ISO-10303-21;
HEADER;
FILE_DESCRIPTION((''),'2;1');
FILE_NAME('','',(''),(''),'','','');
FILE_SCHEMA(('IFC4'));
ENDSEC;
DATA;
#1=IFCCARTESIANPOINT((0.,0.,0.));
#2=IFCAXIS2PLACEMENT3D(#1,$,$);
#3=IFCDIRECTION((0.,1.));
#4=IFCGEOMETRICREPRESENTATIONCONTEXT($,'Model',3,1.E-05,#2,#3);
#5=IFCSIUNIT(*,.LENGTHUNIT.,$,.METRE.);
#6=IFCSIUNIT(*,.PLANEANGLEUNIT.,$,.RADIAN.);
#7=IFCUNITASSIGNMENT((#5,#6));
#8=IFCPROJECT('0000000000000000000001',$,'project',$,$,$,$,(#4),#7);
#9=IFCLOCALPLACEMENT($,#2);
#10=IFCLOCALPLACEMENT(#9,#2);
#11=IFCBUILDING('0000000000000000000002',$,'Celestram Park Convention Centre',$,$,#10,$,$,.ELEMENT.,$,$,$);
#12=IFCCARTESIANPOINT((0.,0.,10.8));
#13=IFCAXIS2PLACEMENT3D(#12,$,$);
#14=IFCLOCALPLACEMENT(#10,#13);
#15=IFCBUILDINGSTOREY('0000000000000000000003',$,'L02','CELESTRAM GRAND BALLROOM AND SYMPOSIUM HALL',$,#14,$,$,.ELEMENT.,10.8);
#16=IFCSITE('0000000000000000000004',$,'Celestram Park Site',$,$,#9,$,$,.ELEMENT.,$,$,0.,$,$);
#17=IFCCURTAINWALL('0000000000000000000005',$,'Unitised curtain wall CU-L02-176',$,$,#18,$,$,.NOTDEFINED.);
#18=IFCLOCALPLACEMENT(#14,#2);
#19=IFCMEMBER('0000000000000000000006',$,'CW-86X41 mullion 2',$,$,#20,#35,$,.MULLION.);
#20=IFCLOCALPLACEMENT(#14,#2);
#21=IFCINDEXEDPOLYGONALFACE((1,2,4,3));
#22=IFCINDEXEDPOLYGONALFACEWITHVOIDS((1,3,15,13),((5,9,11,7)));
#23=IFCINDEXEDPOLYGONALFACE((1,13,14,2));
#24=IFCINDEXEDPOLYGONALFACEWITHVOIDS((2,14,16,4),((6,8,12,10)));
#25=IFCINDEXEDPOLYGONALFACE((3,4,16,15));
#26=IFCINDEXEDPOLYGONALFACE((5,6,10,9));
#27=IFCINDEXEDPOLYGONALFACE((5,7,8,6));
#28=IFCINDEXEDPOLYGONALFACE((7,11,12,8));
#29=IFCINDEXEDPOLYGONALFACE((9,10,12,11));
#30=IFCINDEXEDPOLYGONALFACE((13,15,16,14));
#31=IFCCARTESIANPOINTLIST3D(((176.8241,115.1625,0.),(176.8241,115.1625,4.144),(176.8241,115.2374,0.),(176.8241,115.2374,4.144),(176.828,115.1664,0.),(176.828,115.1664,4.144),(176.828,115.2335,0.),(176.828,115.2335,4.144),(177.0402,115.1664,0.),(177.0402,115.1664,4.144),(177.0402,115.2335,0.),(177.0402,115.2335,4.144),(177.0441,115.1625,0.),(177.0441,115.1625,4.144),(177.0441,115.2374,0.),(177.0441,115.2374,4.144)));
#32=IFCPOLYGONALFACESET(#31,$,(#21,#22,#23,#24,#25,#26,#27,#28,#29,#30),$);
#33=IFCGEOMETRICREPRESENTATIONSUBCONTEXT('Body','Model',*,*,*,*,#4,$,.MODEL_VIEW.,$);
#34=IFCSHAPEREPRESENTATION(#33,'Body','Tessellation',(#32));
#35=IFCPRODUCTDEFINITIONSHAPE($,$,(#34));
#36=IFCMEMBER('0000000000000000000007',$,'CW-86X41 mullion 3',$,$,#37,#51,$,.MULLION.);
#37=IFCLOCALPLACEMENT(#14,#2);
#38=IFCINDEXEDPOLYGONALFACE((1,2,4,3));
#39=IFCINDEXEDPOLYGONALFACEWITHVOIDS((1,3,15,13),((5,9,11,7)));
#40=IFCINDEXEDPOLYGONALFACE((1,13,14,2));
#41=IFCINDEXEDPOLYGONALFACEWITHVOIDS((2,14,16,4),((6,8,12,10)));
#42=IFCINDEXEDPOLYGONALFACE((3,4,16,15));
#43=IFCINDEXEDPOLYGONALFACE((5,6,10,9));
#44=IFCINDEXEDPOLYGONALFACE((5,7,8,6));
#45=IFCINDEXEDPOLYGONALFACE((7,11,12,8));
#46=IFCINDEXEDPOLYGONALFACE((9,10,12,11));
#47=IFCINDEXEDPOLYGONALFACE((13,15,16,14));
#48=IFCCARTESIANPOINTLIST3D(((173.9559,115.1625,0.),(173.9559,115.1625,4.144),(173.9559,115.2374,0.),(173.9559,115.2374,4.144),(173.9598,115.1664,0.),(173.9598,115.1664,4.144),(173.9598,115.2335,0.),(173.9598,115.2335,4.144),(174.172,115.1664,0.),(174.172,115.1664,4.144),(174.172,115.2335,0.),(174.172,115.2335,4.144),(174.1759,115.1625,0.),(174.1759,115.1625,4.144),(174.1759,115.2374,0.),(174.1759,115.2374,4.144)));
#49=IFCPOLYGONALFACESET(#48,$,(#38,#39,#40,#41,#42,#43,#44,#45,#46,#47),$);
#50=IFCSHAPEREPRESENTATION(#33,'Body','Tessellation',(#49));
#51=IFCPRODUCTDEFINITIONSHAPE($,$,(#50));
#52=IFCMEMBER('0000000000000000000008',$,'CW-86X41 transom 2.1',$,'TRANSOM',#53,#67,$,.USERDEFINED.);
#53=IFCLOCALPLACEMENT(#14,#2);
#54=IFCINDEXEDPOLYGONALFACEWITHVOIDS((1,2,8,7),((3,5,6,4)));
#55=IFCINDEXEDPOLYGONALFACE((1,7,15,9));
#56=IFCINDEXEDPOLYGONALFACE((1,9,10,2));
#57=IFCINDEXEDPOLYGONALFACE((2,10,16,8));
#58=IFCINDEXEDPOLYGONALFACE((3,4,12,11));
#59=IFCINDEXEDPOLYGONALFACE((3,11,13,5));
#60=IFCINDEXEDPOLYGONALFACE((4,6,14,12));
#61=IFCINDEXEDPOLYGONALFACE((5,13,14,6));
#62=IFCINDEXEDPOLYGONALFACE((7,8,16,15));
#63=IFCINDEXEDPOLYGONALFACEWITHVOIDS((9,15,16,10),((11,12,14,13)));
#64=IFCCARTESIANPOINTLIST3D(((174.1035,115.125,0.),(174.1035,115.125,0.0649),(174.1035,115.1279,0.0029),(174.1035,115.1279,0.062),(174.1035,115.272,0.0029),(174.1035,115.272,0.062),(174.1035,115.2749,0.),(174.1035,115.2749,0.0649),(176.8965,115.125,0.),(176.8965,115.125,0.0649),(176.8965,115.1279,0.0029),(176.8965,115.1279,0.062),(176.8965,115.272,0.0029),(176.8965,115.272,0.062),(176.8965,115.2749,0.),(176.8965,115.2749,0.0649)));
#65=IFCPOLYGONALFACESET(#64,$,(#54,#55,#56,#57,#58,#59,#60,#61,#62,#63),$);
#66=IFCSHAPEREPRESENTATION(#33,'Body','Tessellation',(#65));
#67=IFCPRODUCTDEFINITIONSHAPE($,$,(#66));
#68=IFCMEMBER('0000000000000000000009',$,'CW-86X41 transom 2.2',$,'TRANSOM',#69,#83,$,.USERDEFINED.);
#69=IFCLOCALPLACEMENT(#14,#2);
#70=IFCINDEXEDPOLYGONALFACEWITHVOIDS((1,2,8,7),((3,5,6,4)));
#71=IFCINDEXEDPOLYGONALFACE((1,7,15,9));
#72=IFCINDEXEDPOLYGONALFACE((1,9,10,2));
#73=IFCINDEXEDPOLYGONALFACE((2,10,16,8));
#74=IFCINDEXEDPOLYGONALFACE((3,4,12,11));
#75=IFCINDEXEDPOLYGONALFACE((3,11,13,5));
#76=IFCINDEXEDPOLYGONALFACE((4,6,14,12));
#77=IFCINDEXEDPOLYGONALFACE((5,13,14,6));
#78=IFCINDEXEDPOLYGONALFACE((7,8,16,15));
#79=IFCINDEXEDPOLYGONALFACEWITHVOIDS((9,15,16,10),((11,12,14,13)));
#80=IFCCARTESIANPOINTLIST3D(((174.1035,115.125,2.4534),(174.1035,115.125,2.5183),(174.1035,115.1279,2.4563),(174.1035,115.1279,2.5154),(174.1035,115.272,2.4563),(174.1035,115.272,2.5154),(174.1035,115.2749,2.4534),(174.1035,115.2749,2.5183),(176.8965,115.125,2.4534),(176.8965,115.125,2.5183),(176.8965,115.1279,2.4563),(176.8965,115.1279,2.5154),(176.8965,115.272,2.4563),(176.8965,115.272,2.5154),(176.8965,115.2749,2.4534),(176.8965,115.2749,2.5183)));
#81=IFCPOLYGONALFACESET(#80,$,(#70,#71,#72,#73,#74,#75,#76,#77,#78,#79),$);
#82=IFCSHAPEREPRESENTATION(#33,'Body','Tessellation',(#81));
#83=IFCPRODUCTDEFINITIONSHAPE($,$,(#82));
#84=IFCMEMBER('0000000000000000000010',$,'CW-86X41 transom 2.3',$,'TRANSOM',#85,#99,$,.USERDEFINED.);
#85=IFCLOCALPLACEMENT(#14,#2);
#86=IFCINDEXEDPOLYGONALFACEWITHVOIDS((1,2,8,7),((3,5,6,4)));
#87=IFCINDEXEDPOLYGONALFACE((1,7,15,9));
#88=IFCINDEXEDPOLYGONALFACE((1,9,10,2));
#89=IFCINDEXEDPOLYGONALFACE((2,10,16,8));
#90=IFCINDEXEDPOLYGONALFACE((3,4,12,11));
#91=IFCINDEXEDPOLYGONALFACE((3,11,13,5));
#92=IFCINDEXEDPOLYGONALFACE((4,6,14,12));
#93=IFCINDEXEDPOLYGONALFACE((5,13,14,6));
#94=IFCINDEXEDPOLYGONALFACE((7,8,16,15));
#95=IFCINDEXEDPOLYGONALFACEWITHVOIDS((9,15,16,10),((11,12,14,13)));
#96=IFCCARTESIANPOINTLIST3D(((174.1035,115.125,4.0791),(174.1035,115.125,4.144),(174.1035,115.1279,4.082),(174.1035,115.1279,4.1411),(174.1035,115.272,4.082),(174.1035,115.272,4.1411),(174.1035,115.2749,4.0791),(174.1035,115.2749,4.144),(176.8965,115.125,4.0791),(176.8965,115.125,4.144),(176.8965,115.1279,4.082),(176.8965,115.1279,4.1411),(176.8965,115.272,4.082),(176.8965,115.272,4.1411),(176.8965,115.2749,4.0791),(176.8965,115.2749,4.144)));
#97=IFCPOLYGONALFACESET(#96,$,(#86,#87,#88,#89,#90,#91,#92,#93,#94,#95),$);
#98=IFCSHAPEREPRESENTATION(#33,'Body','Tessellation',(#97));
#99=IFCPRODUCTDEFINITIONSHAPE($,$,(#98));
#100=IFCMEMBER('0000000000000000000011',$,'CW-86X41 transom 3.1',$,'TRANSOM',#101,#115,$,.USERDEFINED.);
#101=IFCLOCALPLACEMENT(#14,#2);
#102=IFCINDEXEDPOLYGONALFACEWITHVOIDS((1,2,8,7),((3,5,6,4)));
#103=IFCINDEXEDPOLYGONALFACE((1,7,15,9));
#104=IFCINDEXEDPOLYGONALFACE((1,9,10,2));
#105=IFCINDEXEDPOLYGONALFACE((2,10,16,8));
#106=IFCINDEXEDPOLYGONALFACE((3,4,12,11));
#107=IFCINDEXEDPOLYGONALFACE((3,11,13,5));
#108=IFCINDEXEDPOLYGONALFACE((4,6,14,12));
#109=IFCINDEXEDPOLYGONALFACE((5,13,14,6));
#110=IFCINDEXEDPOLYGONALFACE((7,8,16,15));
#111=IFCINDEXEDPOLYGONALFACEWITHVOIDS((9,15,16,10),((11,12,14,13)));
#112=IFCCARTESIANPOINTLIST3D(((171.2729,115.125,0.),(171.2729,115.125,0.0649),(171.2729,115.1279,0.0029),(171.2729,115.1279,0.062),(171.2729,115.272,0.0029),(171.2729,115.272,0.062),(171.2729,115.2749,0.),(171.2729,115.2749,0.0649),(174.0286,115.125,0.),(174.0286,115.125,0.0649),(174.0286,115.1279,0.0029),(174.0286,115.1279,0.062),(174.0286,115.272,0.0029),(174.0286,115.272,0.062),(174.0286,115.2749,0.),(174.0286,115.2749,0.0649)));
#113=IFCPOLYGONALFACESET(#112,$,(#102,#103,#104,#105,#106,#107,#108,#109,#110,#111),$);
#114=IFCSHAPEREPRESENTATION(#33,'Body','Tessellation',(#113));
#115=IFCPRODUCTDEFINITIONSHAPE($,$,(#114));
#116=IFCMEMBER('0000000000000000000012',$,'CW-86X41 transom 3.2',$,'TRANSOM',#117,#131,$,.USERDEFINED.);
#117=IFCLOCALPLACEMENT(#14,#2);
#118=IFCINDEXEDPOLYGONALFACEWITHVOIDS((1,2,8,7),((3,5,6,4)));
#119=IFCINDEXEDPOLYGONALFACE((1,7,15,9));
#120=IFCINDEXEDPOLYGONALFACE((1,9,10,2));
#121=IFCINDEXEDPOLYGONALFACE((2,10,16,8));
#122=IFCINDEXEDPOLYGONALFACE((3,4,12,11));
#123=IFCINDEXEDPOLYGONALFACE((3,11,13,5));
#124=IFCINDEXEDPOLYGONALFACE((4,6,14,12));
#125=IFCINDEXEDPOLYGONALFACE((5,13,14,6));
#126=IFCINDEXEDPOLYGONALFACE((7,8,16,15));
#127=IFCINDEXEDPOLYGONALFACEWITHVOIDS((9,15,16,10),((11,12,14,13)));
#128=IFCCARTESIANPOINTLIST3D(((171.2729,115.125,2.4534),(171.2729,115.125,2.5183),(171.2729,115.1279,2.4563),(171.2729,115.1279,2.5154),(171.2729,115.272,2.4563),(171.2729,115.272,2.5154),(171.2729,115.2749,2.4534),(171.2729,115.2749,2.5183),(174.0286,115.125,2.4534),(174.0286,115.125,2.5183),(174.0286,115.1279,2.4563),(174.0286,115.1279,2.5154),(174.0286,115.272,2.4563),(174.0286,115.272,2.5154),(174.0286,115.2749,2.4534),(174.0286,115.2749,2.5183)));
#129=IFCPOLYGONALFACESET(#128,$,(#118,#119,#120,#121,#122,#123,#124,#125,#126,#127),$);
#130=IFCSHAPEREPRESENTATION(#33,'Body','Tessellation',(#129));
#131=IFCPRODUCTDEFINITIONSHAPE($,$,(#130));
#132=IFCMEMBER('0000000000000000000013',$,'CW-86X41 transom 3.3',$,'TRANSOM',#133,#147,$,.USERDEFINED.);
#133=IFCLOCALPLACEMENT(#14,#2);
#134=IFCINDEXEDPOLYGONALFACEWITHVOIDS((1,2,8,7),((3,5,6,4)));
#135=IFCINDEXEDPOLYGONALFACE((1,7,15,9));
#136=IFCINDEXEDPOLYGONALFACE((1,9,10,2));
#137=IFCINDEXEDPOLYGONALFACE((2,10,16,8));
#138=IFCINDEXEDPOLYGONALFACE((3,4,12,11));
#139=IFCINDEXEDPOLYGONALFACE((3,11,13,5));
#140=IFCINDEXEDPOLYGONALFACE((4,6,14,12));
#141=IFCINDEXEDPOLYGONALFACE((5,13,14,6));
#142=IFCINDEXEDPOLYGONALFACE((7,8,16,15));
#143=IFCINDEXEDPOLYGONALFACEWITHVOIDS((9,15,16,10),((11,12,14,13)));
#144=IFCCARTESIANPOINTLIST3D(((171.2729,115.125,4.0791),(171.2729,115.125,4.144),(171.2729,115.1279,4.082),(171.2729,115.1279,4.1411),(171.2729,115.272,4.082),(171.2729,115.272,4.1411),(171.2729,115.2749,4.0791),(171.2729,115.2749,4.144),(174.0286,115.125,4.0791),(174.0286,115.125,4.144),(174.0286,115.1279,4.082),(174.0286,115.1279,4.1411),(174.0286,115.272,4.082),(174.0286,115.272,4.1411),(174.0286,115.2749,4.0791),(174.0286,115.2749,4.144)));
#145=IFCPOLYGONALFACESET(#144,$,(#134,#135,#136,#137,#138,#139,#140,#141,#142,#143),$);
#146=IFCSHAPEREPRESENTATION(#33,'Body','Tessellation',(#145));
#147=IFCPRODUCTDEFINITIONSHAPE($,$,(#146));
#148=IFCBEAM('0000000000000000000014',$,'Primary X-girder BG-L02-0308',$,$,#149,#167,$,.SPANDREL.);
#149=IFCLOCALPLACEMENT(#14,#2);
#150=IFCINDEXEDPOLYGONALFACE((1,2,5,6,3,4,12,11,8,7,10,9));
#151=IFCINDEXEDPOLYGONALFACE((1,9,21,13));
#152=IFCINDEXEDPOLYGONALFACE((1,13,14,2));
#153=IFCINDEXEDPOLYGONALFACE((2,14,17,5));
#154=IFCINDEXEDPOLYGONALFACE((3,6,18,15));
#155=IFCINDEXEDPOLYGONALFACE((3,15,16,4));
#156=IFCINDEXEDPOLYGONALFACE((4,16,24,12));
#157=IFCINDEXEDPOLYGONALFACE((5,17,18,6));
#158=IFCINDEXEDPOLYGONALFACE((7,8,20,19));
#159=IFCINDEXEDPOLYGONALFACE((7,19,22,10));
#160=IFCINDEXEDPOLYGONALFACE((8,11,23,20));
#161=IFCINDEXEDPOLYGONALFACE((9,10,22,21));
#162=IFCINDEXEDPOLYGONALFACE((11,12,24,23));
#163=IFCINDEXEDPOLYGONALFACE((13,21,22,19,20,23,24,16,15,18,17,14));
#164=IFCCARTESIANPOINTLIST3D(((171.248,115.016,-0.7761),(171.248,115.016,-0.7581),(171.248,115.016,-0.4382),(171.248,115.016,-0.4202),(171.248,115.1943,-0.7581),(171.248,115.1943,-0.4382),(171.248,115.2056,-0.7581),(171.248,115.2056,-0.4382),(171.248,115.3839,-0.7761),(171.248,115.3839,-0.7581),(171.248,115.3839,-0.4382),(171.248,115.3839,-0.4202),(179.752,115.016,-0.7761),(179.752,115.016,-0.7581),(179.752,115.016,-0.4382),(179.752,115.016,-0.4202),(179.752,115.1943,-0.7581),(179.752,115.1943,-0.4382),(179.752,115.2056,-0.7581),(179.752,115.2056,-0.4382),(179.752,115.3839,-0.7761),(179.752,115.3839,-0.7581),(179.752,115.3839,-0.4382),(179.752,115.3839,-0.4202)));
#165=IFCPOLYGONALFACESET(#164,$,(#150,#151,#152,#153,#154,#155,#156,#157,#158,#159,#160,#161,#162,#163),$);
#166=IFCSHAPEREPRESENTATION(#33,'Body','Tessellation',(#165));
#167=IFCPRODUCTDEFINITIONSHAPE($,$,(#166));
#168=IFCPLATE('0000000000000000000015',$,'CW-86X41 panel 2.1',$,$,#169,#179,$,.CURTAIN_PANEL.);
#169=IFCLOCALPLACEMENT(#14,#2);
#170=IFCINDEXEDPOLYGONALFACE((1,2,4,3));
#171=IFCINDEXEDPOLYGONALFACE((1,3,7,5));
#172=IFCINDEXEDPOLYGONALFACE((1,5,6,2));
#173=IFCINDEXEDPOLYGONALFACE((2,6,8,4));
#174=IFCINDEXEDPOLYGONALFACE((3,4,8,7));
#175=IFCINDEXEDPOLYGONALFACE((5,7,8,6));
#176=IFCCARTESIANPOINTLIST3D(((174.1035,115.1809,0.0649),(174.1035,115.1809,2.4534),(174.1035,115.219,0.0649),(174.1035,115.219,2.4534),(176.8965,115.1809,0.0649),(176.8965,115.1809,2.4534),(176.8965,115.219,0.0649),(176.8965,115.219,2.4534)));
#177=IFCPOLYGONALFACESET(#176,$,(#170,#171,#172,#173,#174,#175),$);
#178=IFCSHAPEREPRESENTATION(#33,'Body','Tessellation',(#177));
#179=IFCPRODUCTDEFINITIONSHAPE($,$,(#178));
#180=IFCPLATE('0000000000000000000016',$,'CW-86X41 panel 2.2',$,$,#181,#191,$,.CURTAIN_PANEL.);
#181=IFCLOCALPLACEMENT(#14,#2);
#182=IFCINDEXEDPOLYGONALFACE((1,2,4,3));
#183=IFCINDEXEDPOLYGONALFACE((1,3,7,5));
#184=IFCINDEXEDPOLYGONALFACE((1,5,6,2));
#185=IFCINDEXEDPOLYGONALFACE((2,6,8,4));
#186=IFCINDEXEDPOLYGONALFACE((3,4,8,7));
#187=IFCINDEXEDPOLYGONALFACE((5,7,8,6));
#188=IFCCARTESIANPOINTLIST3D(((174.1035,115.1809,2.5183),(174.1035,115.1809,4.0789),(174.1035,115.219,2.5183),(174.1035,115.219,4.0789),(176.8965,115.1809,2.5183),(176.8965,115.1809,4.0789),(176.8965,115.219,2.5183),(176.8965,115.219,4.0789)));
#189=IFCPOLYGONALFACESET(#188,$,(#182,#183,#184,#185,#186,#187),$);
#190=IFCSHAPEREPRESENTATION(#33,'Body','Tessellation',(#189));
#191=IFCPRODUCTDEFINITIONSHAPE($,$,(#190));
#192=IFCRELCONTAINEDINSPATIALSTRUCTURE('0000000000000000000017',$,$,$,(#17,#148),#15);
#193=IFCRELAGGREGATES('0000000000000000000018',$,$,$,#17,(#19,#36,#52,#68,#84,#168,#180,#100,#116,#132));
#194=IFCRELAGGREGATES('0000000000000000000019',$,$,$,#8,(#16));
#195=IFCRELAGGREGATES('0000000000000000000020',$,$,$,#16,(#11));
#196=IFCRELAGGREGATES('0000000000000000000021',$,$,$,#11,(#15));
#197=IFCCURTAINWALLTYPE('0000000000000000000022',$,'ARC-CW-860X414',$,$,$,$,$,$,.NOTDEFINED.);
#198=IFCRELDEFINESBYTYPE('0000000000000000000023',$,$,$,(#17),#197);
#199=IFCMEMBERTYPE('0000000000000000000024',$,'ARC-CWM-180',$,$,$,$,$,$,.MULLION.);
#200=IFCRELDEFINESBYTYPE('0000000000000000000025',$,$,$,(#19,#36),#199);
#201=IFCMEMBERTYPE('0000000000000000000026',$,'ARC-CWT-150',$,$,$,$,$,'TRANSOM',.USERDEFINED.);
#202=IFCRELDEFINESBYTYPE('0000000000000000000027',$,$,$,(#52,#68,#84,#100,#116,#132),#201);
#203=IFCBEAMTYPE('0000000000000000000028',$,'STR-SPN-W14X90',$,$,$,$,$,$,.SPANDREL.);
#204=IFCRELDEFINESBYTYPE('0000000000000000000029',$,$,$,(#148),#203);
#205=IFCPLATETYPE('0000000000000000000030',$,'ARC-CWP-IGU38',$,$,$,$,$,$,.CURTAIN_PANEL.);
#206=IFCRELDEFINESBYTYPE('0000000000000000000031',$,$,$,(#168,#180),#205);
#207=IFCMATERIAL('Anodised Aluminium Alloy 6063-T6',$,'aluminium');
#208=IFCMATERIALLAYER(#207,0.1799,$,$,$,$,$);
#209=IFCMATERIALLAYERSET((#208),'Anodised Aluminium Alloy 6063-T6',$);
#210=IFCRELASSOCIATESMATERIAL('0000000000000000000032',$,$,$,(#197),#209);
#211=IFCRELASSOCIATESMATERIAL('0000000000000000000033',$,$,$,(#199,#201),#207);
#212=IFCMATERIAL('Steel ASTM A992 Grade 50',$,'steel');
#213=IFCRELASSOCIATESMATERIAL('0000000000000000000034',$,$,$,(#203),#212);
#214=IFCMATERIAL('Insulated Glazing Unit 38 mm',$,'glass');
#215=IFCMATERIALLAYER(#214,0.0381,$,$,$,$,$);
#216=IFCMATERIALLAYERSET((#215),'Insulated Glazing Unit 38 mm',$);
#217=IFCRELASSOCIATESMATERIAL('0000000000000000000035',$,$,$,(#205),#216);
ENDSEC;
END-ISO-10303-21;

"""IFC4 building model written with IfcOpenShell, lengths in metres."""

from ifc_helpers import new_model, si_unit, direction, frame, origin, origin_2d, place, context, subcontext, project, spatial, rectangle, hollow_rectangle, i_section, extrude, material, layer, layer_set, material_profile, profile_set, type_object, element, aggregate, save


model = new_model("IFC4")

# Units and contexts
model_context = context("Model", 3, precision=1e-05, world=origin(), true_north=direction((0.0, 1.0)))
body_context = subcontext(model_context, "Body", "Model", "MODEL_VIEW")
ifc_project = project(units=[si_unit("LENGTHUNIT", "METRE"), si_unit("PLANEANGLEUNIT", "RADIAN")], contexts=[model_context])

# Site, building, storey
site_placement = place(None, origin())
site = spatial("IfcSite", under=ifc_project, at=site_placement, Name="Celestram Park Site", CompositionType="ELEMENT", RefElevation=0.0)
building_placement = place(site_placement, origin())
building = spatial("IfcBuilding", under=site, at=building_placement, Name="Celestram Park Convention Centre", CompositionType="ELEMENT")
storey_placement = place(building_placement, frame((0.0, 0.0, 10.8)))
storey = spatial("IfcBuildingStorey", under=building, at=storey_placement, Name="L02", Description="CELESTRAM GRAND BALLROOM AND SYMPOSIUM HALL", CompositionType="ELEMENT", Elevation=10.8)

# Curtain wall, members
ifc_material_1 = material(Name="Anodised Aluminium Alloy 6063-T6", Category="aluminium")
ifc_layer_1 = layer(ifc_material_1, 0.1799)
ifc_layer_set_1 = layer_set([ifc_layer_1], Name="Anodised Aluminium Alloy 6063-T6")
curtain_wall_type = type_object("IfcCurtainWallType", Name="ARC-CW-860X414", PredefinedType="NOTDEFINED", material=ifc_layer_set_1)
curtain_wall_placement = place(storey_placement, origin())
curtain_wall = element("IfcCurtainWall", 1, at=curtain_wall_placement, inside=storey, type_object=curtain_wall_type, Name="Unitised curtain wall CU-L02-176", PredefinedType="NOTDEFINED")
ifc_material_profile_1 = material_profile(ifc_material_1, hollow_rectangle(XDim=0.075, YDim=0.22, WallThickness=0.0039, at=origin_2d()), Name="ALU75X220X4")
ifc_profile_set_1 = profile_set([ifc_material_profile_1], Name="Anodised Aluminium Alloy 6063-T6")
member_type_1 = type_object("IfcMemberType", Name="ARC-CWM-180", PredefinedType="MULLION", material=ifc_profile_set_1)
member_1_placement = place(storey_placement, frame((176.9341, 115.2, 0.0), z_axis=(0.0, 0.0, 1.0), x_axis=(0.0, -1.0, 0.0)))
member_1 = element("IfcMember", 2, at=member_1_placement, type_object=member_type_1, Name="CW-86X41 mullion 2", PredefinedType="MULLION", context=body_context, shape_type="SweptSolid", body=[
    extrude(hollow_rectangle(XDim=0.075, YDim=0.22, WallThickness=0.0039, at=origin_2d()), origin(), (0.0, 0.0, 1.0), 4.144),
])
member_2_placement = place(storey_placement, frame((174.0659, 115.2, 0.0), z_axis=(0.0, 0.0, 1.0), x_axis=(0.0, -1.0, 0.0)))
member_2 = element("IfcMember", 3, at=member_2_placement, type_object=member_type_1, Name="CW-86X41 mullion 3", PredefinedType="MULLION", context=body_context, shape_type="SweptSolid", body=[
    extrude(hollow_rectangle(XDim=0.075, YDim=0.22, WallThickness=0.0039, at=origin_2d()), origin(), (0.0, 0.0, 1.0), 4.144),
])
ifc_material_profile_2 = material_profile(ifc_material_1, hollow_rectangle(XDim=0.1499, YDim=0.0649, WallThickness=0.0029, at=origin_2d()), Name="ALU150X65X3")
ifc_profile_set_2 = profile_set([ifc_material_profile_2], Name="Anodised Aluminium Alloy 6063-T6")
member_type_2 = type_object("IfcMemberType", Name="ARC-CWT-150", ElementType="TRANSOM", PredefinedType="USERDEFINED", material=ifc_profile_set_2)
member_3_placement = place(storey_placement, frame((176.8965, 115.2, 0.0325), z_axis=(-1.0, 0.0, 0.0), x_axis=(0.0, -1.0, 0.0)))
member_3 = element("IfcMember", 4, at=member_3_placement, type_object=member_type_2, Name="CW-86X41 transom 2.1", ObjectType="TRANSOM", PredefinedType="USERDEFINED", context=body_context, shape_type="SweptSolid", body=[
    extrude(hollow_rectangle(XDim=0.1499, YDim=0.0649, WallThickness=0.0029, at=origin_2d()), origin(), (0.0, 0.0, 1.0), 2.793),
])
member_4_placement = place(storey_placement, frame((176.8965, 115.2, 2.4858), z_axis=(-1.0, 0.0, 0.0), x_axis=(0.0, -1.0, 0.0)))
member_4 = element("IfcMember", 5, at=member_4_placement, type_object=member_type_2, Name="CW-86X41 transom 2.2", ObjectType="TRANSOM", PredefinedType="USERDEFINED", context=body_context, shape_type="SweptSolid", body=[
    extrude(hollow_rectangle(XDim=0.1499, YDim=0.0649, WallThickness=0.0029, at=origin_2d()), origin(), (0.0, 0.0, 1.0), 2.793),
])
member_5_placement = place(storey_placement, frame((176.8965, 115.2, 4.1116), z_axis=(-1.0, 0.0, 0.0), x_axis=(0.0, -1.0, 0.0)))
member_5 = element("IfcMember", 6, at=member_5_placement, type_object=member_type_2, Name="CW-86X41 transom 2.3", ObjectType="TRANSOM", PredefinedType="USERDEFINED", context=body_context, shape_type="SweptSolid", body=[
    extrude(hollow_rectangle(XDim=0.1499, YDim=0.0649, WallThickness=0.0029, at=origin_2d()), origin(), (0.0, 0.0, 1.0), 2.793),
])
member_6_placement = place(storey_placement, frame((174.0286, 115.2, 0.0325), z_axis=(-1.0, 0.0, 0.0), x_axis=(0.0, -1.0, 0.0)))
member_6 = element("IfcMember", 7, at=member_6_placement, type_object=member_type_2, Name="CW-86X41 transom 3.1", ObjectType="TRANSOM", PredefinedType="USERDEFINED", context=body_context, shape_type="SweptSolid", body=[
    extrude(hollow_rectangle(XDim=0.1499, YDim=0.0649, WallThickness=0.0029, at=origin_2d()), origin(), (0.0, 0.0, 1.0), 2.7556),
])
member_7_placement = place(storey_placement, frame((174.0286, 115.2, 2.4858), z_axis=(-1.0, 0.0, 0.0), x_axis=(0.0, -1.0, 0.0)))
member_7 = element("IfcMember", 8, at=member_7_placement, type_object=member_type_2, Name="CW-86X41 transom 3.2", ObjectType="TRANSOM", PredefinedType="USERDEFINED", context=body_context, shape_type="SweptSolid", body=[
    extrude(hollow_rectangle(XDim=0.1499, YDim=0.0649, WallThickness=0.0029, at=origin_2d()), origin(), (0.0, 0.0, 1.0), 2.7556),
])
member_8_placement = place(storey_placement, frame((174.0286, 115.2, 4.1116), z_axis=(-1.0, 0.0, 0.0), x_axis=(0.0, -1.0, 0.0)))
member_8 = element("IfcMember", 9, at=member_8_placement, type_object=member_type_2, Name="CW-86X41 transom 3.3", ObjectType="TRANSOM", PredefinedType="USERDEFINED", context=body_context, shape_type="SweptSolid", body=[
    extrude(hollow_rectangle(XDim=0.1499, YDim=0.0649, WallThickness=0.0029, at=origin_2d()), origin(), (0.0, 0.0, 1.0), 2.7556),
])

# Beam
ifc_material_2 = material(Name="Steel ASTM A992 Grade 50", Category="steel")
ifc_material_profile_3 = material_profile(ifc_material_2, i_section(OverallWidth=0.3679, OverallDepth=0.356, WebThickness=0.0112, FlangeThickness=0.0181, at=origin_2d()), Name="W14X90")
ifc_profile_set_3 = profile_set([ifc_material_profile_3], Name="Steel ASTM A992 Grade 50")
beam_type = type_object("IfcBeamType", Name="STR-SPN-W14X90", PredefinedType="SPANDREL", material=ifc_profile_set_3)
beam_placement = place(storey_placement, frame((171.248, 115.2, -0.5981), z_axis=(1.0, 0.0, 0.0), x_axis=(0.0, 1.0, 0.0)))
element("IfcBeam", 10, at=beam_placement, inside=storey, type_object=beam_type, Name="Primary X-girder BG-L02-0308", PredefinedType="SPANDREL", context=body_context, shape_type="SweptSolid", body=[
    extrude(i_section(OverallWidth=0.3679, OverallDepth=0.356, WebThickness=0.0112, FlangeThickness=0.0181, at=origin_2d()), origin(), (0.0, 0.0, 1.0), 8.5039),
])

# Plates
ifc_material_3 = material(Name="Insulated Glazing Unit 38 mm", Category="glass")
ifc_layer_2 = layer(ifc_material_3, 0.0381)
ifc_layer_set_2 = layer_set([ifc_layer_2], Name="Insulated Glazing Unit 38 mm")
plate_type = type_object("IfcPlateType", Name="ARC-CWP-IGU38", PredefinedType="CURTAIN_PANEL", material=ifc_layer_set_2)
plate_1_placement = place(storey_placement, frame((175.5, 115.2, 0.0649), z_axis=(0.0, 0.0, 1.0), x_axis=(-1.0, 0.0, 0.0)))
plate_1 = element("IfcPlate", 11, at=plate_1_placement, type_object=plate_type, Name="CW-86X41 panel 2.1", PredefinedType="CURTAIN_PANEL", context=body_context, shape_type="SweptSolid", body=[
    extrude(rectangle(XDim=2.793, YDim=0.0381, at=origin_2d()), origin(), (0.0, 0.0, 1.0), 2.3884),
])
plate_2_placement = place(storey_placement, frame((175.5, 115.2, 2.5183), z_axis=(0.0, 0.0, 1.0), x_axis=(-1.0, 0.0, 0.0)))
plate_2 = element("IfcPlate", 12, at=plate_2_placement, type_object=plate_type, Name="CW-86X41 panel 2.2", PredefinedType="CURTAIN_PANEL", context=body_context, shape_type="SweptSolid", body=[
    extrude(rectangle(XDim=2.793, YDim=0.0381, at=origin_2d()), origin(), (0.0, 0.0, 1.0), 1.5605),
])
aggregate(curtain_wall, [member_1, member_2, member_3, member_4, member_5, plate_1, plate_2, member_6, member_7, member_8])

save(model, "model.ifc")
